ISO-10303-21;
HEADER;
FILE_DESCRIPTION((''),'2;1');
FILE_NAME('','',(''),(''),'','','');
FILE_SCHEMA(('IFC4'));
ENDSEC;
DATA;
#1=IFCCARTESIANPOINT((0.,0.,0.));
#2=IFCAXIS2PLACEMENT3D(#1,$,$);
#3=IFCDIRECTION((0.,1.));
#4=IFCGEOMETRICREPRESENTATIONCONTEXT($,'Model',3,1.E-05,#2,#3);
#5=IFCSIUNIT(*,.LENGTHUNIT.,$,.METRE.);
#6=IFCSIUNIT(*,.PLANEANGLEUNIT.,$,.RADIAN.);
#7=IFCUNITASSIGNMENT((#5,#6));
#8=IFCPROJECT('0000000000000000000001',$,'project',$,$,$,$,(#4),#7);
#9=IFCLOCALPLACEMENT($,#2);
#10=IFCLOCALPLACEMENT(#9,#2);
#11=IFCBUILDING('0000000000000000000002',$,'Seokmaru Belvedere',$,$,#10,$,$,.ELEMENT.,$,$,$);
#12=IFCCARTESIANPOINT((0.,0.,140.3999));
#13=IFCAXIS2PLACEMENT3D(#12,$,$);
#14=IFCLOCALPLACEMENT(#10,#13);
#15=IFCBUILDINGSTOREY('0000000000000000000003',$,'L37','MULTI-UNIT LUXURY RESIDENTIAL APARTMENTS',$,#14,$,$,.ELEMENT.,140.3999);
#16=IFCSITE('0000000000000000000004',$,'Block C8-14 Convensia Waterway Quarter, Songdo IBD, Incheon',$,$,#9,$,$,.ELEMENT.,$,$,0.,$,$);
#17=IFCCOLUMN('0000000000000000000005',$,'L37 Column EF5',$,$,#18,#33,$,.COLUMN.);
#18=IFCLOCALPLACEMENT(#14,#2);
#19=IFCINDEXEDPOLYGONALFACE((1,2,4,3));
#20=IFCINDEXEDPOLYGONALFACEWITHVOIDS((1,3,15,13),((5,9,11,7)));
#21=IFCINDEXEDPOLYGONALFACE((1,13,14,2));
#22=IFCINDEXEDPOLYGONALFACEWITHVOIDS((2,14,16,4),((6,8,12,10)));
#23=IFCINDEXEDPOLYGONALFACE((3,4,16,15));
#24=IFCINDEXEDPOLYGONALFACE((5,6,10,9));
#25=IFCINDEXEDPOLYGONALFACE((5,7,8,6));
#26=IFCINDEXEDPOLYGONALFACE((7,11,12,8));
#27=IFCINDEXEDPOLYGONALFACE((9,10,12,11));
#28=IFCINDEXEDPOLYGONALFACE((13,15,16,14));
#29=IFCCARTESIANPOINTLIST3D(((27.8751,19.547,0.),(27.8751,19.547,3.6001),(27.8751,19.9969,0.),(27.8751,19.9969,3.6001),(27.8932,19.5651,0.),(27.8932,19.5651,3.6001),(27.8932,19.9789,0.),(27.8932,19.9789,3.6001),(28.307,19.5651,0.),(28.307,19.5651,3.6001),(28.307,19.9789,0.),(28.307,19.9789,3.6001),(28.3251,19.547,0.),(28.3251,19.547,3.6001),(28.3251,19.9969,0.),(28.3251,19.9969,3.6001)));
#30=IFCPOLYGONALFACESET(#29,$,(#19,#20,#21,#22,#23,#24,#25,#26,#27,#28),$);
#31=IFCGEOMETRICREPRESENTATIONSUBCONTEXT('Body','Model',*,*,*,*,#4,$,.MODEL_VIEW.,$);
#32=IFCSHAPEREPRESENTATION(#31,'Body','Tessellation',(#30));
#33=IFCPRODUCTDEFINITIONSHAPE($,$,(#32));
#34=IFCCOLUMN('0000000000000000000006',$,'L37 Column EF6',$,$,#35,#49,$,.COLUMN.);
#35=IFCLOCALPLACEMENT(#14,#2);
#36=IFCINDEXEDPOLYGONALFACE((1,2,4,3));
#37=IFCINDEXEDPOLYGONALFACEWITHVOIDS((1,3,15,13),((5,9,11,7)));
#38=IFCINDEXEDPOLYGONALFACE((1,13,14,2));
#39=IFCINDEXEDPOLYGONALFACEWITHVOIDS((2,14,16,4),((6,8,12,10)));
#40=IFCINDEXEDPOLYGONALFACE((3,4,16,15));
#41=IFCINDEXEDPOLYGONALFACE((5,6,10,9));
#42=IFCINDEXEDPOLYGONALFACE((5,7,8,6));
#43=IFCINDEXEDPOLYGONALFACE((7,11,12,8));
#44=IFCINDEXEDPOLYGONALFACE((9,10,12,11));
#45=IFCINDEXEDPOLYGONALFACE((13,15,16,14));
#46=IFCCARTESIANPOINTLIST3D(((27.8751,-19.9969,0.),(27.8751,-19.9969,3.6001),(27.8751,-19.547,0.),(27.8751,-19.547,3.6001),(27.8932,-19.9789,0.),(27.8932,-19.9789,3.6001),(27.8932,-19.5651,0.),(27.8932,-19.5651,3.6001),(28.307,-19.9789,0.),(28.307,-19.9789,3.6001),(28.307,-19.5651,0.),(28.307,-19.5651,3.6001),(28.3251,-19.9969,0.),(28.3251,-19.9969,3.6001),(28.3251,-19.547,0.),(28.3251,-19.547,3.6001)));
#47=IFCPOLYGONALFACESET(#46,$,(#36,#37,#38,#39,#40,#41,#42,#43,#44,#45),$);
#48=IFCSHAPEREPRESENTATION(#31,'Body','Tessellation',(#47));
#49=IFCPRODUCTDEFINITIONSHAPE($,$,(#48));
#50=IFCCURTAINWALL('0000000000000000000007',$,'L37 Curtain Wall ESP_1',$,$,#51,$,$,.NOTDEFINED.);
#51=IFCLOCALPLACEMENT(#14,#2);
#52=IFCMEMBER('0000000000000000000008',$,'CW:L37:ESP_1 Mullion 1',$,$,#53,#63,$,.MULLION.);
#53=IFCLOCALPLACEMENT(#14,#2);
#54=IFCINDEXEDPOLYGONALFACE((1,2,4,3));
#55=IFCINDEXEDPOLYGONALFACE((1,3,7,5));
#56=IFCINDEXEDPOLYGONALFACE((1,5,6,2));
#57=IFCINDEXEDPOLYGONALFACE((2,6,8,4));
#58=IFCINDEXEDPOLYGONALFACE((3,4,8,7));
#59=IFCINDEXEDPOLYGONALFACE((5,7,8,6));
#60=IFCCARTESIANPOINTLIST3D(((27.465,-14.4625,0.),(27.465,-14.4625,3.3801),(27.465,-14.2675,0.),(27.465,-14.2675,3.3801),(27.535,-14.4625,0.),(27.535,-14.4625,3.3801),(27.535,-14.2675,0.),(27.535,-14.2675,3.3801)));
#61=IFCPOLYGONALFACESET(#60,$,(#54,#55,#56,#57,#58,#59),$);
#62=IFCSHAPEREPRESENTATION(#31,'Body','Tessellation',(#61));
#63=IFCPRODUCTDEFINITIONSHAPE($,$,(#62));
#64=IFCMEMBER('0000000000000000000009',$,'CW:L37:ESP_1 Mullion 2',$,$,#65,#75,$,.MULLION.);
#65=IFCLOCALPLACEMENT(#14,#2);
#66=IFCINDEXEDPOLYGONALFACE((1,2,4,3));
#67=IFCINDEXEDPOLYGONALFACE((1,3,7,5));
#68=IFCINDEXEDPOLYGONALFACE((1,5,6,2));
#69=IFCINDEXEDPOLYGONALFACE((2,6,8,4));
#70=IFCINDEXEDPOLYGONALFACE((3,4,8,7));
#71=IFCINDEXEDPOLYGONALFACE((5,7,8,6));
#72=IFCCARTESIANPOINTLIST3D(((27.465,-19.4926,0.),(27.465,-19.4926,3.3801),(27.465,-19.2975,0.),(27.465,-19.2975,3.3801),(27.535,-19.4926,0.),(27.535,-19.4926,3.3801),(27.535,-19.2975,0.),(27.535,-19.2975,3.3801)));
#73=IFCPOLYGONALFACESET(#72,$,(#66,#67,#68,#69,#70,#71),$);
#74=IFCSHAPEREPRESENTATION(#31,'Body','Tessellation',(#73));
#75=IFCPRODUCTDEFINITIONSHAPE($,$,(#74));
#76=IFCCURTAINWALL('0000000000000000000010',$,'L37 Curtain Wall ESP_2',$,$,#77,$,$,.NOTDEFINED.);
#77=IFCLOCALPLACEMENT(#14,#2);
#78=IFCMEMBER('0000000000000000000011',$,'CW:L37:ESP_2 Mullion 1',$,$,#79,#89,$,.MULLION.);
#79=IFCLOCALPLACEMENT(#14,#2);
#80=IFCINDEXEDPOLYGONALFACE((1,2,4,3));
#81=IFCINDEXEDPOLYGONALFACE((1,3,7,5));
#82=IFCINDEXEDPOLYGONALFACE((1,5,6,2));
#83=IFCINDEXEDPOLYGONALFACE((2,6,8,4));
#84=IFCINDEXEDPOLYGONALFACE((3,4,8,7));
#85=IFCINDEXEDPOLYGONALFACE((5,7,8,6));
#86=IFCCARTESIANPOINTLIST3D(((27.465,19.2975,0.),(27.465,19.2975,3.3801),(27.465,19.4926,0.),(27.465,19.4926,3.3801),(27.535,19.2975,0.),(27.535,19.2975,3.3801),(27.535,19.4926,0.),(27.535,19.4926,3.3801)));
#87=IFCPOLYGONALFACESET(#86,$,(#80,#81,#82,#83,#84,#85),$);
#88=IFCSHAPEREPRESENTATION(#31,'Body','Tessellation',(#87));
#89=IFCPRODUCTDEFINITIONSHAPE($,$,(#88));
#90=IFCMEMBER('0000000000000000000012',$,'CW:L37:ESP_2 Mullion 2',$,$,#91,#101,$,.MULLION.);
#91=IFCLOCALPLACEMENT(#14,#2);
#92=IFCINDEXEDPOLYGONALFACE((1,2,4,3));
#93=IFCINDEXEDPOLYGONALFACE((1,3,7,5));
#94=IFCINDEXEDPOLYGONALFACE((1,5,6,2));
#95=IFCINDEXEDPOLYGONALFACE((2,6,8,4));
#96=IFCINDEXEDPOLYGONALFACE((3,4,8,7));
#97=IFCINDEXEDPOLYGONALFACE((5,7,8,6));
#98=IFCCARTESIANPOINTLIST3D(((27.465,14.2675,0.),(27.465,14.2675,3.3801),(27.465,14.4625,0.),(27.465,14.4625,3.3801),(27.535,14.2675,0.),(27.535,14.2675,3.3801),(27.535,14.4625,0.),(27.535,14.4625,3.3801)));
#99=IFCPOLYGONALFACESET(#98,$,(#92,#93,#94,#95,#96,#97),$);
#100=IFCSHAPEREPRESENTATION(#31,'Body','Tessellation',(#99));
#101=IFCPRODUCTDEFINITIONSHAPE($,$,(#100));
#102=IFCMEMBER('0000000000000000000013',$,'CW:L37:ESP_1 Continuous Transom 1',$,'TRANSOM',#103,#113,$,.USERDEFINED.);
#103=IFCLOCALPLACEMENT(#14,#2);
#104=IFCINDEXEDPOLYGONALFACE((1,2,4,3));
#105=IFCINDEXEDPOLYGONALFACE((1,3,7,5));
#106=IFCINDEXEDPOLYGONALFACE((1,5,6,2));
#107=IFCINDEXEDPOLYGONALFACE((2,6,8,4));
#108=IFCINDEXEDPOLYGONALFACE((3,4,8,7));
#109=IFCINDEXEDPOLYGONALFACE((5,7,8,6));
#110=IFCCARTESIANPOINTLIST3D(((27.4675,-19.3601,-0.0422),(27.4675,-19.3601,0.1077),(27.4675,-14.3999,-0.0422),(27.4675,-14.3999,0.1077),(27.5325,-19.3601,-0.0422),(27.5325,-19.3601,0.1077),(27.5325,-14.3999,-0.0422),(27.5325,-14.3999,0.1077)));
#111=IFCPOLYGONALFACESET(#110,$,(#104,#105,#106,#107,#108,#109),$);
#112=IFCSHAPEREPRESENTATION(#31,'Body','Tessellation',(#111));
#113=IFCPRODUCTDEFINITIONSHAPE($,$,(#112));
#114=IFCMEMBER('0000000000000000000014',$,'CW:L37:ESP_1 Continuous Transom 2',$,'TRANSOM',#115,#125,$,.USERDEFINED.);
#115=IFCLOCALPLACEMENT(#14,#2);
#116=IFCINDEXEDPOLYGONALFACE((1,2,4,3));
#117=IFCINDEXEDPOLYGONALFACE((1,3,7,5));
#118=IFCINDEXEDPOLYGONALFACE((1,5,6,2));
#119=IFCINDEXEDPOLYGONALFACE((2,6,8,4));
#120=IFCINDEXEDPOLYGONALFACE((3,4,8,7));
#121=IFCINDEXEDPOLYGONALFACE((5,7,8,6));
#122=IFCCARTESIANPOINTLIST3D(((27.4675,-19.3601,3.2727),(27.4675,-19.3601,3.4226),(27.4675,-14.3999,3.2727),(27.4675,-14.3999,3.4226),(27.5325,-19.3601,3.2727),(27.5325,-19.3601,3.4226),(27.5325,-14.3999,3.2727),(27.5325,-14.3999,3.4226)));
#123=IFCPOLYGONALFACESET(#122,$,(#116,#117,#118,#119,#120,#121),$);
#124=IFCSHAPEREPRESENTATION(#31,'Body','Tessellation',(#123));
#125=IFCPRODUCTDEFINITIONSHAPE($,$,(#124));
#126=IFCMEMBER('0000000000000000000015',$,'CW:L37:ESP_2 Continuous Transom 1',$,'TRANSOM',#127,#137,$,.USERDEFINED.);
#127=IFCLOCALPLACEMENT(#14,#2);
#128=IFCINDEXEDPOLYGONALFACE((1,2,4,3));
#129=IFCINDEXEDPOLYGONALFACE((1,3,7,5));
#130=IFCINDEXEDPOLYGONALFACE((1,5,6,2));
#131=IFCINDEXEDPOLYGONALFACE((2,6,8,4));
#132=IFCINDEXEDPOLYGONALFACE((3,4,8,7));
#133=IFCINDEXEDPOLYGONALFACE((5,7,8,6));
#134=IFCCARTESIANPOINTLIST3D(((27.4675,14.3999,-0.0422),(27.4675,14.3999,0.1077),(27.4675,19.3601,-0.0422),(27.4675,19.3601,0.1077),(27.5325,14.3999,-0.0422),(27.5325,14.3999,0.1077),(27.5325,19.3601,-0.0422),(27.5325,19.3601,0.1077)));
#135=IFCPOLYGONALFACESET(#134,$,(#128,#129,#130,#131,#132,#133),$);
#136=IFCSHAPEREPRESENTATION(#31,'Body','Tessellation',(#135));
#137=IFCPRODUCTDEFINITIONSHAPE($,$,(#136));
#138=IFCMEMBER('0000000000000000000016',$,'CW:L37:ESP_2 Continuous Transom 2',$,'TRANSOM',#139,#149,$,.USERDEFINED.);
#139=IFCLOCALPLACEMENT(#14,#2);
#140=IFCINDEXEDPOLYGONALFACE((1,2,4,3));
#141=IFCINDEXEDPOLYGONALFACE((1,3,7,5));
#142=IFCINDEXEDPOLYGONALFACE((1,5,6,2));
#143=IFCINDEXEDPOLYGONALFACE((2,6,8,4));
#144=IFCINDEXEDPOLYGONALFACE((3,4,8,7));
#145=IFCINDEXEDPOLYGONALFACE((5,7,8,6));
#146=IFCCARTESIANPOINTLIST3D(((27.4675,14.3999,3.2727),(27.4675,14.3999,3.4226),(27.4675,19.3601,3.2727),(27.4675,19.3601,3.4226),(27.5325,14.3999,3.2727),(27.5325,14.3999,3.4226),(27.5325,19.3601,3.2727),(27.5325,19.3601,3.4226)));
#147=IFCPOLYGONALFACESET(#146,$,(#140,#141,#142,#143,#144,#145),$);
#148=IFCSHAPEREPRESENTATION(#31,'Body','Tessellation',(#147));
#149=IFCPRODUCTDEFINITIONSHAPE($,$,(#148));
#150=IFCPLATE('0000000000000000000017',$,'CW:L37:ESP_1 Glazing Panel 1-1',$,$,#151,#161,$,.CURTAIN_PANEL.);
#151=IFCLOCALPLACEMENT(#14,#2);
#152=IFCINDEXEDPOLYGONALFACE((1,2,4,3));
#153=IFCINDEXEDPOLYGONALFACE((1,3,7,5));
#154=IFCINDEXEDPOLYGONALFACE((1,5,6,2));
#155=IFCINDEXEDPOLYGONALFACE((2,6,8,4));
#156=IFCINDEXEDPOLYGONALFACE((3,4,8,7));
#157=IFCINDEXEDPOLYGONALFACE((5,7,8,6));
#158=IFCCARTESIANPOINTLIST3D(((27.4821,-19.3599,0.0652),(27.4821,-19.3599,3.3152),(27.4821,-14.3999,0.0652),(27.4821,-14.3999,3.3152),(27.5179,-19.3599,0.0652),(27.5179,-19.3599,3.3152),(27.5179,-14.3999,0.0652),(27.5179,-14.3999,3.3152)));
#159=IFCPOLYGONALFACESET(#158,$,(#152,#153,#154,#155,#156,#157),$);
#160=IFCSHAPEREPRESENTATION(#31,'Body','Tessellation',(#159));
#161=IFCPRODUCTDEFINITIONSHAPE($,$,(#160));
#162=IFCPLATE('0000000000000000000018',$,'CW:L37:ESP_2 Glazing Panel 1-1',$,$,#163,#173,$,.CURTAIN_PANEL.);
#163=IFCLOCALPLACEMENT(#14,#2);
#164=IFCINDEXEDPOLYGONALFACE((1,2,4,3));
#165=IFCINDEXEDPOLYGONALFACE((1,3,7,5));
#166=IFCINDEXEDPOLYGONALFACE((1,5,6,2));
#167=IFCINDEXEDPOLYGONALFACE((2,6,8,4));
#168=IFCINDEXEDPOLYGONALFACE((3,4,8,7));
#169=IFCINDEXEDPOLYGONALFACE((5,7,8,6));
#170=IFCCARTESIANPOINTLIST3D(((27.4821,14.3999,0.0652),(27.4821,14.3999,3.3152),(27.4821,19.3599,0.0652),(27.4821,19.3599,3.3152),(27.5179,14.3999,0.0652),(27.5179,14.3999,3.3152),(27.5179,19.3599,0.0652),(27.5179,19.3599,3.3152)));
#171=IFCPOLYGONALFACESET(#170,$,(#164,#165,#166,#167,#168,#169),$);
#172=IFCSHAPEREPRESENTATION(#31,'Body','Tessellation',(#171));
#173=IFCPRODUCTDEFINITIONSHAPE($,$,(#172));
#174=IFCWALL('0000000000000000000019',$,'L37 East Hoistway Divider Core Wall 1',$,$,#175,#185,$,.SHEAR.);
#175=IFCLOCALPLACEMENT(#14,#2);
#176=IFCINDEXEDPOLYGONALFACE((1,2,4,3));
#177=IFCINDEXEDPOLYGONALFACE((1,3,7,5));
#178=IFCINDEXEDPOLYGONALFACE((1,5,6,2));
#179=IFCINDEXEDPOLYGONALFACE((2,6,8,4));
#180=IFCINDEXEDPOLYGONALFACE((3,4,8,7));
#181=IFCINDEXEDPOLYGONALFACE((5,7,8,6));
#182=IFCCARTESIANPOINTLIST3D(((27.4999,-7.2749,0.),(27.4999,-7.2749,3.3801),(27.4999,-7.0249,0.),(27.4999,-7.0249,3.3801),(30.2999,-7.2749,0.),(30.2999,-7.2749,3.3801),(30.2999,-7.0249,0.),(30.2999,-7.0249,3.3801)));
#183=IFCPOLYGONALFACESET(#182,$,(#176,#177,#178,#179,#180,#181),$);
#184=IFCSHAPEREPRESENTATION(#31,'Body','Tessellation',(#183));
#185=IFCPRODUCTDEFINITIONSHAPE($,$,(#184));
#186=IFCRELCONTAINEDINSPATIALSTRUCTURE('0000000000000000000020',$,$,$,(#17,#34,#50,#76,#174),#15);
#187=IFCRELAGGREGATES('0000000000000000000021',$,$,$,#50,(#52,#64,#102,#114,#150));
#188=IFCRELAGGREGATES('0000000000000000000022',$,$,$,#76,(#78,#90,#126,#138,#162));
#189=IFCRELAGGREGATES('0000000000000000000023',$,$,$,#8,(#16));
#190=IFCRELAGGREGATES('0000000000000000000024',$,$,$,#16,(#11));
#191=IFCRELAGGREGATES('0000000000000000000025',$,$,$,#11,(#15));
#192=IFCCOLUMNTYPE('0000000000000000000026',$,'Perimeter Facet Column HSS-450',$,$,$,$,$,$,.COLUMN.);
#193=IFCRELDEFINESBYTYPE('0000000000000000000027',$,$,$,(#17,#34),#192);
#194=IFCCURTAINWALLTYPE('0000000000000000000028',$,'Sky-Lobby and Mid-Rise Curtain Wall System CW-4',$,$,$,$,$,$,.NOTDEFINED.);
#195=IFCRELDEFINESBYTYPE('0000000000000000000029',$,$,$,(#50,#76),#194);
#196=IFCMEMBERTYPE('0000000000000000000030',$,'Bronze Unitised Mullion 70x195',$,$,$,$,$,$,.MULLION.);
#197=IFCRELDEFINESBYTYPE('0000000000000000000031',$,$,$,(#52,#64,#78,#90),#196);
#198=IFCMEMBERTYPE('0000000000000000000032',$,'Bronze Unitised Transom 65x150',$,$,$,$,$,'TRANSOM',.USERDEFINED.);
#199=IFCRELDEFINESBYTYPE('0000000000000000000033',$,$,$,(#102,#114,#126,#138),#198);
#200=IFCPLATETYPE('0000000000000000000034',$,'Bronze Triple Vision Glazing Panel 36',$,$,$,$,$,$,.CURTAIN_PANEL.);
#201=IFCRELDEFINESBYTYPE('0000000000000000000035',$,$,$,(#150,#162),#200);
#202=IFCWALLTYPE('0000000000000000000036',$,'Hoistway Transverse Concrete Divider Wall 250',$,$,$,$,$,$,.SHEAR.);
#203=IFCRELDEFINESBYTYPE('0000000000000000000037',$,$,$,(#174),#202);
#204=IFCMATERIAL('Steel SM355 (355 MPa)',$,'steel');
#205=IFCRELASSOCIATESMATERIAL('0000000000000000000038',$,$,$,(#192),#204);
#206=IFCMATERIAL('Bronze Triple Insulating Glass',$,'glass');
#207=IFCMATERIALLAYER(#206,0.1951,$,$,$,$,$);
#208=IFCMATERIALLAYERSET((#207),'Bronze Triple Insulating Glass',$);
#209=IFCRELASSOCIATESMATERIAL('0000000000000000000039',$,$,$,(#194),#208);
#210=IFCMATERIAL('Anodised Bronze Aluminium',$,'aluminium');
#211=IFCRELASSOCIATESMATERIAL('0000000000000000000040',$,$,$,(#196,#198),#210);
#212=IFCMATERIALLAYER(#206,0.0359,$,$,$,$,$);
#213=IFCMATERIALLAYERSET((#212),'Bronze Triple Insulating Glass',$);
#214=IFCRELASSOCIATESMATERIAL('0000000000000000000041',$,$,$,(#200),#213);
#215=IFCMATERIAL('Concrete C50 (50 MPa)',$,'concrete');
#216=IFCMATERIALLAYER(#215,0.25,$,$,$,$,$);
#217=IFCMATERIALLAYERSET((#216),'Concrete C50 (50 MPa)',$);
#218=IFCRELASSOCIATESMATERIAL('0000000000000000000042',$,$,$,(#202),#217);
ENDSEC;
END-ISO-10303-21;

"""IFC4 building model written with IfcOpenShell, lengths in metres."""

from ifc_helpers import new_model, si_unit, direction, frame, frame_2d, origin, origin_2d, place, context, subcontext, project, spatial, rectangle, hollow_rectangle, extrude, source, transform, mapped, material, layer, layer_set, material_profile, profile_set, type_object, type_shapes, element, aggregate, save


model = new_model("IFC4")

# Units and contexts
model_context = context("Model", 3, precision=1e-05, world=origin(), true_north=direction((0.0, 1.0)))
body_context = subcontext(model_context, "Body", "Model", "MODEL_VIEW")
ifc_project = project(units=[si_unit("LENGTHUNIT", "METRE"), si_unit("PLANEANGLEUNIT", "RADIAN")], contexts=[model_context])

# Site, building, storey
site_placement = place(None, origin())
site = spatial("IfcSite", under=ifc_project, at=site_placement, Name="Block C8-14 Convensia Waterway Quarter, Songdo IBD, Incheon", CompositionType="ELEMENT", RefElevation=0.0)
building_placement = place(site_placement, origin())
building = spatial("IfcBuilding", under=site, at=building_placement, Name="Seokmaru Belvedere", CompositionType="ELEMENT")
storey_placement = place(building_placement, frame((0.0, 0.0, 140.3999)))
storey = spatial("IfcBuildingStorey", under=building, at=storey_placement, Name="L37", Description="MULTI-UNIT LUXURY RESIDENTIAL APARTMENTS", CompositionType="ELEMENT", Elevation=140.3999)

# Columns
ifc_material_1 = material(Name="Steel SM355 (355 MPa)", Category="steel")
ifc_material_profile_1 = material_profile(ifc_material_1, hollow_rectangle(XDim=0.45, YDim=0.45, WallThickness=0.0181, at=origin_2d()), Name="HSS-450x450x18")
ifc_profile_set_1 = profile_set([ifc_material_profile_1], Name="Steel SM355 (355 MPa)")
column_type = type_object("IfcColumnType", Name="Perimeter Facet Column HSS-450", PredefinedType="COLUMN", material=ifc_profile_set_1)
shared_shape_1 = source(origin(), body_context, "Body", "SweptSolid", [
    extrude(hollow_rectangle(XDim=0.45, YDim=0.45, WallThickness=0.0181, at=origin_2d()), origin(), (0.0, 0.0, 1.0), 3.6001),
])
type_shapes(column_type, [shared_shape_1])
for number, where, z_axis, x_axis, name in (
    (1, (28.1001, 19.772, 0.0), (0.0, 0.0, 1.0), (1.0, 0.0, 0.0), "L37 Column EF5"),
    (2, (28.1001, -19.772, 0.0), (0.0, 0.0, 1.0), (1.0, 0.0, 0.0), "L37 Column EF6"),
):
    element("IfcColumn", number, at=place(storey_placement, frame(where, z_axis=z_axis, x_axis=x_axis)), inside=storey, type_object=column_type, Name=name, PredefinedType="COLUMN", context=body_context, shape_type="MappedRepresentation", body=[
        mapped(shared_shape_1, transform((0.0, 0.0, 0.0), scale=1.0)),
    ])

# Curtain walls, members
ifc_material_2 = material(Name="Bronze Triple Insulating Glass", Category="glass")
ifc_layer_1 = layer(ifc_material_2, 0.1951)
ifc_layer_set_1 = layer_set([ifc_layer_1], Name="Bronze Triple Insulating Glass")
curtain_wall_type = type_object("IfcCurtainWallType", Name="Sky-Lobby and Mid-Rise Curtain Wall System CW-4", PredefinedType="NOTDEFINED", material=ifc_layer_set_1)
curtain_wall_1_placement = place(storey_placement, origin())
curtain_wall_1 = element("IfcCurtainWall", 3, at=curtain_wall_1_placement, inside=storey, type_object=curtain_wall_type, Name="L37 Curtain Wall ESP_1", PredefinedType="NOTDEFINED")
ifc_material_3 = material(Name="Anodised Bronze Aluminium", Category="aluminium")
ifc_material_profile_2 = material_profile(ifc_material_3, rectangle(XDim=0.0701, YDim=0.1951, at=origin_2d()), Name="CW-M-70x195")
ifc_profile_set_2 = profile_set([ifc_material_profile_2], Name="Anodised Bronze Aluminium")
member_type_1 = type_object("IfcMemberType", Name="Bronze Unitised Mullion 70x195", PredefinedType="MULLION", material=ifc_profile_set_2)
shared_shape_2 = source(origin(), body_context, "Body", "SweptSolid", [
    extrude(rectangle(XDim=0.0701, YDim=0.1951, at=origin_2d()), origin(), (0.0, 0.0, 1.0), 3.3801),
])
type_shapes(member_type_1, [shared_shape_2])
member_1_placement = place(storey_placement, frame((27.5, -14.365, 0.0), z_axis=(0.0, 0.0, 1.0), x_axis=(1.0, 0.0, 0.0)))
member_1 = element("IfcMember", 4, at=member_1_placement, type_object=member_type_1, Name="CW:L37:ESP_1 Mullion 1", PredefinedType="MULLION", context=body_context, shape_type="MappedRepresentation", body=[
    mapped(shared_shape_2, transform((0.0, 0.0, 0.0), scale=1.0)),
])
member_2_placement = place(storey_placement, frame((27.5, -19.395, 0.0), z_axis=(0.0, 0.0, 1.0), x_axis=(1.0, 0.0, 0.0)))
member_2 = element("IfcMember", 5, at=member_2_placement, type_object=member_type_1, Name="CW:L37:ESP_1 Mullion 2", PredefinedType="MULLION", context=body_context, shape_type="MappedRepresentation", body=[
    mapped(shared_shape_2, transform((0.0, 0.0, 0.0), scale=1.0)),
])
curtain_wall_2_placement = place(storey_placement, origin())
curtain_wall_2 = element("IfcCurtainWall", 6, at=curtain_wall_2_placement, inside=storey, type_object=curtain_wall_type, Name="L37 Curtain Wall ESP_2", PredefinedType="NOTDEFINED")
member_3_placement = place(storey_placement, frame((27.5, 19.395, 0.0), z_axis=(0.0, 0.0, 1.0), x_axis=(1.0, 0.0, 0.0)))
member_3 = element("IfcMember", 7, at=member_3_placement, type_object=member_type_1, Name="CW:L37:ESP_2 Mullion 1", PredefinedType="MULLION", context=body_context, shape_type="MappedRepresentation", body=[
    mapped(shared_shape_2, transform((0.0, 0.0, 0.0), scale=1.0)),
])
member_4_placement = place(storey_placement, frame((27.5, 14.365, 0.0), z_axis=(0.0, 0.0, 1.0), x_axis=(1.0, 0.0, 0.0)))
member_4 = element("IfcMember", 8, at=member_4_placement, type_object=member_type_1, Name="CW:L37:ESP_2 Mullion 2", PredefinedType="MULLION", context=body_context, shape_type="MappedRepresentation", body=[
    mapped(shared_shape_2, transform((0.0, 0.0, 0.0), scale=1.0)),
])

# Members
ifc_material_profile_3 = material_profile(ifc_material_3, rectangle(XDim=0.0649, YDim=0.1499, at=origin_2d()), Name="CW-T-65x150")
ifc_profile_set_3 = profile_set([ifc_material_profile_3], Name="Anodised Bronze Aluminium")
member_type_2 = type_object("IfcMemberType", Name="Bronze Unitised Transom 65x150", ElementType="TRANSOM", PredefinedType="USERDEFINED", material=ifc_profile_set_3)
shared_shape_3 = source(origin(), body_context, "Body", "SweptSolid", [
    extrude(rectangle(XDim=0.0649, YDim=0.1499, at=origin_2d()), origin(), (0.0, 0.0, 1.0), 4.9602),
])
type_shapes(member_type_2, [shared_shape_3])
member_5_placement = place(storey_placement, frame((27.5, -14.3999, 0.0327), z_axis=(0.0, -1.0, 0.0), x_axis=(1.0, 0.0, 0.0)))
member_5 = element("IfcMember", 9, at=member_5_placement, type_object=member_type_2, Name="CW:L37:ESP_1 Continuous Transom 1", ObjectType="TRANSOM", PredefinedType="USERDEFINED", context=body_context, shape_type="MappedRepresentation", body=[
    mapped(shared_shape_3, transform((0.0, 0.0, 0.0), scale=1.0)),
])
member_6_placement = place(storey_placement, frame((27.5, -14.3999, 3.3477), z_axis=(0.0, -1.0, 0.0), x_axis=(1.0, 0.0, 0.0)))
member_6 = element("IfcMember", 10, at=member_6_placement, type_object=member_type_2, Name="CW:L37:ESP_1 Continuous Transom 2", ObjectType="TRANSOM", PredefinedType="USERDEFINED", context=body_context, shape_type="MappedRepresentation", body=[
    mapped(shared_shape_3, transform((0.0, 0.0, 0.0), scale=1.0)),
])
member_7_placement = place(storey_placement, frame((27.5, 19.3601, 0.0327), z_axis=(0.0, -1.0, 0.0), x_axis=(1.0, 0.0, 0.0)))
member_7 = element("IfcMember", 11, at=member_7_placement, type_object=member_type_2, Name="CW:L37:ESP_2 Continuous Transom 1", ObjectType="TRANSOM", PredefinedType="USERDEFINED", context=body_context, shape_type="MappedRepresentation", body=[
    mapped(shared_shape_3, transform((0.0, 0.0, 0.0), scale=1.0)),
])
member_8_placement = place(storey_placement, frame((27.5, 19.3601, 3.3477), z_axis=(0.0, -1.0, 0.0), x_axis=(1.0, 0.0, 0.0)))
member_8 = element("IfcMember", 12, at=member_8_placement, type_object=member_type_2, Name="CW:L37:ESP_2 Continuous Transom 2", ObjectType="TRANSOM", PredefinedType="USERDEFINED", context=body_context, shape_type="MappedRepresentation", body=[
    mapped(shared_shape_3, transform((0.0, 0.0, 0.0), scale=1.0)),
])

# Plates
ifc_layer_2 = layer(ifc_material_2, 0.0359)
ifc_layer_set_2 = layer_set([ifc_layer_2], Name="Bronze Triple Insulating Glass")
plate_type = type_object("IfcPlateType", Name="Bronze Triple Vision Glazing Panel 36", PredefinedType="CURTAIN_PANEL", material=ifc_layer_set_2)
shared_shape_4 = source(origin(), body_context, "Body", "SweptSolid", [
    extrude(rectangle(XDim=4.96, YDim=0.0359, at=origin_2d()), origin(), (0.0, 0.0, 1.0), 3.25),
])
type_shapes(plate_type, [shared_shape_4])
plate_1_placement = place(storey_placement, frame((27.5, -16.8799, 0.0652), z_axis=(0.0, 0.0, 1.0), x_axis=(0.0, -1.0, 0.0)))
plate_1 = element("IfcPlate", 13, at=plate_1_placement, type_object=plate_type, Name="CW:L37:ESP_1 Glazing Panel 1-1", PredefinedType="CURTAIN_PANEL", context=body_context, shape_type="MappedRepresentation", body=[
    mapped(shared_shape_4, transform((0.0, 0.0, 0.0), scale=1.0)),
])
aggregate(curtain_wall_1, [member_1, member_2, member_5, member_6, plate_1])
plate_2_placement = place(storey_placement, frame((27.5, 16.8799, 0.0652), z_axis=(0.0, 0.0, 1.0), x_axis=(0.0, -1.0, 0.0)))
plate_2 = element("IfcPlate", 14, at=plate_2_placement, type_object=plate_type, Name="CW:L37:ESP_2 Glazing Panel 1-1", PredefinedType="CURTAIN_PANEL", context=body_context, shape_type="MappedRepresentation", body=[
    mapped(shared_shape_4, transform((0.0, 0.0, 0.0), scale=1.0)),
])
aggregate(curtain_wall_2, [member_3, member_4, member_7, member_8, plate_2])

# Wall
ifc_material_4 = material(Name="Concrete C50 (50 MPa)", Category="concrete")
ifc_layer_3 = layer(ifc_material_4, 0.25)
ifc_layer_set_3 = layer_set([ifc_layer_3], Name="Concrete C50 (50 MPa)")
wall_type_1 = type_object("IfcWallType", Name="Hoistway Transverse Concrete Divider Wall 250", PredefinedType="SHEAR", material=ifc_layer_set_3)
for number, where, z_axis, x_axis, name in (
    (15, (27.5, -7.1499, 0.0), (0.0, 0.0, 1.0), (1.0, 0.0, 0.0), "L37 East Hoistway Divider Core Wall 1"),
):
    element("IfcWall", number, at=place(storey_placement, frame(where, z_axis=z_axis, x_axis=x_axis)), inside=storey, type_object=wall_type_1, Name=name, PredefinedType="SHEAR", context=body_context, shape_type="SweptSolid", body=[
        extrude(rectangle(XDim=2.8, YDim=0.25, at=frame_2d((1.3999, 0.0))), origin(), (0.0, 0.0, 1.0), 3.3801),
    ])

save(model, "model.ifc")
